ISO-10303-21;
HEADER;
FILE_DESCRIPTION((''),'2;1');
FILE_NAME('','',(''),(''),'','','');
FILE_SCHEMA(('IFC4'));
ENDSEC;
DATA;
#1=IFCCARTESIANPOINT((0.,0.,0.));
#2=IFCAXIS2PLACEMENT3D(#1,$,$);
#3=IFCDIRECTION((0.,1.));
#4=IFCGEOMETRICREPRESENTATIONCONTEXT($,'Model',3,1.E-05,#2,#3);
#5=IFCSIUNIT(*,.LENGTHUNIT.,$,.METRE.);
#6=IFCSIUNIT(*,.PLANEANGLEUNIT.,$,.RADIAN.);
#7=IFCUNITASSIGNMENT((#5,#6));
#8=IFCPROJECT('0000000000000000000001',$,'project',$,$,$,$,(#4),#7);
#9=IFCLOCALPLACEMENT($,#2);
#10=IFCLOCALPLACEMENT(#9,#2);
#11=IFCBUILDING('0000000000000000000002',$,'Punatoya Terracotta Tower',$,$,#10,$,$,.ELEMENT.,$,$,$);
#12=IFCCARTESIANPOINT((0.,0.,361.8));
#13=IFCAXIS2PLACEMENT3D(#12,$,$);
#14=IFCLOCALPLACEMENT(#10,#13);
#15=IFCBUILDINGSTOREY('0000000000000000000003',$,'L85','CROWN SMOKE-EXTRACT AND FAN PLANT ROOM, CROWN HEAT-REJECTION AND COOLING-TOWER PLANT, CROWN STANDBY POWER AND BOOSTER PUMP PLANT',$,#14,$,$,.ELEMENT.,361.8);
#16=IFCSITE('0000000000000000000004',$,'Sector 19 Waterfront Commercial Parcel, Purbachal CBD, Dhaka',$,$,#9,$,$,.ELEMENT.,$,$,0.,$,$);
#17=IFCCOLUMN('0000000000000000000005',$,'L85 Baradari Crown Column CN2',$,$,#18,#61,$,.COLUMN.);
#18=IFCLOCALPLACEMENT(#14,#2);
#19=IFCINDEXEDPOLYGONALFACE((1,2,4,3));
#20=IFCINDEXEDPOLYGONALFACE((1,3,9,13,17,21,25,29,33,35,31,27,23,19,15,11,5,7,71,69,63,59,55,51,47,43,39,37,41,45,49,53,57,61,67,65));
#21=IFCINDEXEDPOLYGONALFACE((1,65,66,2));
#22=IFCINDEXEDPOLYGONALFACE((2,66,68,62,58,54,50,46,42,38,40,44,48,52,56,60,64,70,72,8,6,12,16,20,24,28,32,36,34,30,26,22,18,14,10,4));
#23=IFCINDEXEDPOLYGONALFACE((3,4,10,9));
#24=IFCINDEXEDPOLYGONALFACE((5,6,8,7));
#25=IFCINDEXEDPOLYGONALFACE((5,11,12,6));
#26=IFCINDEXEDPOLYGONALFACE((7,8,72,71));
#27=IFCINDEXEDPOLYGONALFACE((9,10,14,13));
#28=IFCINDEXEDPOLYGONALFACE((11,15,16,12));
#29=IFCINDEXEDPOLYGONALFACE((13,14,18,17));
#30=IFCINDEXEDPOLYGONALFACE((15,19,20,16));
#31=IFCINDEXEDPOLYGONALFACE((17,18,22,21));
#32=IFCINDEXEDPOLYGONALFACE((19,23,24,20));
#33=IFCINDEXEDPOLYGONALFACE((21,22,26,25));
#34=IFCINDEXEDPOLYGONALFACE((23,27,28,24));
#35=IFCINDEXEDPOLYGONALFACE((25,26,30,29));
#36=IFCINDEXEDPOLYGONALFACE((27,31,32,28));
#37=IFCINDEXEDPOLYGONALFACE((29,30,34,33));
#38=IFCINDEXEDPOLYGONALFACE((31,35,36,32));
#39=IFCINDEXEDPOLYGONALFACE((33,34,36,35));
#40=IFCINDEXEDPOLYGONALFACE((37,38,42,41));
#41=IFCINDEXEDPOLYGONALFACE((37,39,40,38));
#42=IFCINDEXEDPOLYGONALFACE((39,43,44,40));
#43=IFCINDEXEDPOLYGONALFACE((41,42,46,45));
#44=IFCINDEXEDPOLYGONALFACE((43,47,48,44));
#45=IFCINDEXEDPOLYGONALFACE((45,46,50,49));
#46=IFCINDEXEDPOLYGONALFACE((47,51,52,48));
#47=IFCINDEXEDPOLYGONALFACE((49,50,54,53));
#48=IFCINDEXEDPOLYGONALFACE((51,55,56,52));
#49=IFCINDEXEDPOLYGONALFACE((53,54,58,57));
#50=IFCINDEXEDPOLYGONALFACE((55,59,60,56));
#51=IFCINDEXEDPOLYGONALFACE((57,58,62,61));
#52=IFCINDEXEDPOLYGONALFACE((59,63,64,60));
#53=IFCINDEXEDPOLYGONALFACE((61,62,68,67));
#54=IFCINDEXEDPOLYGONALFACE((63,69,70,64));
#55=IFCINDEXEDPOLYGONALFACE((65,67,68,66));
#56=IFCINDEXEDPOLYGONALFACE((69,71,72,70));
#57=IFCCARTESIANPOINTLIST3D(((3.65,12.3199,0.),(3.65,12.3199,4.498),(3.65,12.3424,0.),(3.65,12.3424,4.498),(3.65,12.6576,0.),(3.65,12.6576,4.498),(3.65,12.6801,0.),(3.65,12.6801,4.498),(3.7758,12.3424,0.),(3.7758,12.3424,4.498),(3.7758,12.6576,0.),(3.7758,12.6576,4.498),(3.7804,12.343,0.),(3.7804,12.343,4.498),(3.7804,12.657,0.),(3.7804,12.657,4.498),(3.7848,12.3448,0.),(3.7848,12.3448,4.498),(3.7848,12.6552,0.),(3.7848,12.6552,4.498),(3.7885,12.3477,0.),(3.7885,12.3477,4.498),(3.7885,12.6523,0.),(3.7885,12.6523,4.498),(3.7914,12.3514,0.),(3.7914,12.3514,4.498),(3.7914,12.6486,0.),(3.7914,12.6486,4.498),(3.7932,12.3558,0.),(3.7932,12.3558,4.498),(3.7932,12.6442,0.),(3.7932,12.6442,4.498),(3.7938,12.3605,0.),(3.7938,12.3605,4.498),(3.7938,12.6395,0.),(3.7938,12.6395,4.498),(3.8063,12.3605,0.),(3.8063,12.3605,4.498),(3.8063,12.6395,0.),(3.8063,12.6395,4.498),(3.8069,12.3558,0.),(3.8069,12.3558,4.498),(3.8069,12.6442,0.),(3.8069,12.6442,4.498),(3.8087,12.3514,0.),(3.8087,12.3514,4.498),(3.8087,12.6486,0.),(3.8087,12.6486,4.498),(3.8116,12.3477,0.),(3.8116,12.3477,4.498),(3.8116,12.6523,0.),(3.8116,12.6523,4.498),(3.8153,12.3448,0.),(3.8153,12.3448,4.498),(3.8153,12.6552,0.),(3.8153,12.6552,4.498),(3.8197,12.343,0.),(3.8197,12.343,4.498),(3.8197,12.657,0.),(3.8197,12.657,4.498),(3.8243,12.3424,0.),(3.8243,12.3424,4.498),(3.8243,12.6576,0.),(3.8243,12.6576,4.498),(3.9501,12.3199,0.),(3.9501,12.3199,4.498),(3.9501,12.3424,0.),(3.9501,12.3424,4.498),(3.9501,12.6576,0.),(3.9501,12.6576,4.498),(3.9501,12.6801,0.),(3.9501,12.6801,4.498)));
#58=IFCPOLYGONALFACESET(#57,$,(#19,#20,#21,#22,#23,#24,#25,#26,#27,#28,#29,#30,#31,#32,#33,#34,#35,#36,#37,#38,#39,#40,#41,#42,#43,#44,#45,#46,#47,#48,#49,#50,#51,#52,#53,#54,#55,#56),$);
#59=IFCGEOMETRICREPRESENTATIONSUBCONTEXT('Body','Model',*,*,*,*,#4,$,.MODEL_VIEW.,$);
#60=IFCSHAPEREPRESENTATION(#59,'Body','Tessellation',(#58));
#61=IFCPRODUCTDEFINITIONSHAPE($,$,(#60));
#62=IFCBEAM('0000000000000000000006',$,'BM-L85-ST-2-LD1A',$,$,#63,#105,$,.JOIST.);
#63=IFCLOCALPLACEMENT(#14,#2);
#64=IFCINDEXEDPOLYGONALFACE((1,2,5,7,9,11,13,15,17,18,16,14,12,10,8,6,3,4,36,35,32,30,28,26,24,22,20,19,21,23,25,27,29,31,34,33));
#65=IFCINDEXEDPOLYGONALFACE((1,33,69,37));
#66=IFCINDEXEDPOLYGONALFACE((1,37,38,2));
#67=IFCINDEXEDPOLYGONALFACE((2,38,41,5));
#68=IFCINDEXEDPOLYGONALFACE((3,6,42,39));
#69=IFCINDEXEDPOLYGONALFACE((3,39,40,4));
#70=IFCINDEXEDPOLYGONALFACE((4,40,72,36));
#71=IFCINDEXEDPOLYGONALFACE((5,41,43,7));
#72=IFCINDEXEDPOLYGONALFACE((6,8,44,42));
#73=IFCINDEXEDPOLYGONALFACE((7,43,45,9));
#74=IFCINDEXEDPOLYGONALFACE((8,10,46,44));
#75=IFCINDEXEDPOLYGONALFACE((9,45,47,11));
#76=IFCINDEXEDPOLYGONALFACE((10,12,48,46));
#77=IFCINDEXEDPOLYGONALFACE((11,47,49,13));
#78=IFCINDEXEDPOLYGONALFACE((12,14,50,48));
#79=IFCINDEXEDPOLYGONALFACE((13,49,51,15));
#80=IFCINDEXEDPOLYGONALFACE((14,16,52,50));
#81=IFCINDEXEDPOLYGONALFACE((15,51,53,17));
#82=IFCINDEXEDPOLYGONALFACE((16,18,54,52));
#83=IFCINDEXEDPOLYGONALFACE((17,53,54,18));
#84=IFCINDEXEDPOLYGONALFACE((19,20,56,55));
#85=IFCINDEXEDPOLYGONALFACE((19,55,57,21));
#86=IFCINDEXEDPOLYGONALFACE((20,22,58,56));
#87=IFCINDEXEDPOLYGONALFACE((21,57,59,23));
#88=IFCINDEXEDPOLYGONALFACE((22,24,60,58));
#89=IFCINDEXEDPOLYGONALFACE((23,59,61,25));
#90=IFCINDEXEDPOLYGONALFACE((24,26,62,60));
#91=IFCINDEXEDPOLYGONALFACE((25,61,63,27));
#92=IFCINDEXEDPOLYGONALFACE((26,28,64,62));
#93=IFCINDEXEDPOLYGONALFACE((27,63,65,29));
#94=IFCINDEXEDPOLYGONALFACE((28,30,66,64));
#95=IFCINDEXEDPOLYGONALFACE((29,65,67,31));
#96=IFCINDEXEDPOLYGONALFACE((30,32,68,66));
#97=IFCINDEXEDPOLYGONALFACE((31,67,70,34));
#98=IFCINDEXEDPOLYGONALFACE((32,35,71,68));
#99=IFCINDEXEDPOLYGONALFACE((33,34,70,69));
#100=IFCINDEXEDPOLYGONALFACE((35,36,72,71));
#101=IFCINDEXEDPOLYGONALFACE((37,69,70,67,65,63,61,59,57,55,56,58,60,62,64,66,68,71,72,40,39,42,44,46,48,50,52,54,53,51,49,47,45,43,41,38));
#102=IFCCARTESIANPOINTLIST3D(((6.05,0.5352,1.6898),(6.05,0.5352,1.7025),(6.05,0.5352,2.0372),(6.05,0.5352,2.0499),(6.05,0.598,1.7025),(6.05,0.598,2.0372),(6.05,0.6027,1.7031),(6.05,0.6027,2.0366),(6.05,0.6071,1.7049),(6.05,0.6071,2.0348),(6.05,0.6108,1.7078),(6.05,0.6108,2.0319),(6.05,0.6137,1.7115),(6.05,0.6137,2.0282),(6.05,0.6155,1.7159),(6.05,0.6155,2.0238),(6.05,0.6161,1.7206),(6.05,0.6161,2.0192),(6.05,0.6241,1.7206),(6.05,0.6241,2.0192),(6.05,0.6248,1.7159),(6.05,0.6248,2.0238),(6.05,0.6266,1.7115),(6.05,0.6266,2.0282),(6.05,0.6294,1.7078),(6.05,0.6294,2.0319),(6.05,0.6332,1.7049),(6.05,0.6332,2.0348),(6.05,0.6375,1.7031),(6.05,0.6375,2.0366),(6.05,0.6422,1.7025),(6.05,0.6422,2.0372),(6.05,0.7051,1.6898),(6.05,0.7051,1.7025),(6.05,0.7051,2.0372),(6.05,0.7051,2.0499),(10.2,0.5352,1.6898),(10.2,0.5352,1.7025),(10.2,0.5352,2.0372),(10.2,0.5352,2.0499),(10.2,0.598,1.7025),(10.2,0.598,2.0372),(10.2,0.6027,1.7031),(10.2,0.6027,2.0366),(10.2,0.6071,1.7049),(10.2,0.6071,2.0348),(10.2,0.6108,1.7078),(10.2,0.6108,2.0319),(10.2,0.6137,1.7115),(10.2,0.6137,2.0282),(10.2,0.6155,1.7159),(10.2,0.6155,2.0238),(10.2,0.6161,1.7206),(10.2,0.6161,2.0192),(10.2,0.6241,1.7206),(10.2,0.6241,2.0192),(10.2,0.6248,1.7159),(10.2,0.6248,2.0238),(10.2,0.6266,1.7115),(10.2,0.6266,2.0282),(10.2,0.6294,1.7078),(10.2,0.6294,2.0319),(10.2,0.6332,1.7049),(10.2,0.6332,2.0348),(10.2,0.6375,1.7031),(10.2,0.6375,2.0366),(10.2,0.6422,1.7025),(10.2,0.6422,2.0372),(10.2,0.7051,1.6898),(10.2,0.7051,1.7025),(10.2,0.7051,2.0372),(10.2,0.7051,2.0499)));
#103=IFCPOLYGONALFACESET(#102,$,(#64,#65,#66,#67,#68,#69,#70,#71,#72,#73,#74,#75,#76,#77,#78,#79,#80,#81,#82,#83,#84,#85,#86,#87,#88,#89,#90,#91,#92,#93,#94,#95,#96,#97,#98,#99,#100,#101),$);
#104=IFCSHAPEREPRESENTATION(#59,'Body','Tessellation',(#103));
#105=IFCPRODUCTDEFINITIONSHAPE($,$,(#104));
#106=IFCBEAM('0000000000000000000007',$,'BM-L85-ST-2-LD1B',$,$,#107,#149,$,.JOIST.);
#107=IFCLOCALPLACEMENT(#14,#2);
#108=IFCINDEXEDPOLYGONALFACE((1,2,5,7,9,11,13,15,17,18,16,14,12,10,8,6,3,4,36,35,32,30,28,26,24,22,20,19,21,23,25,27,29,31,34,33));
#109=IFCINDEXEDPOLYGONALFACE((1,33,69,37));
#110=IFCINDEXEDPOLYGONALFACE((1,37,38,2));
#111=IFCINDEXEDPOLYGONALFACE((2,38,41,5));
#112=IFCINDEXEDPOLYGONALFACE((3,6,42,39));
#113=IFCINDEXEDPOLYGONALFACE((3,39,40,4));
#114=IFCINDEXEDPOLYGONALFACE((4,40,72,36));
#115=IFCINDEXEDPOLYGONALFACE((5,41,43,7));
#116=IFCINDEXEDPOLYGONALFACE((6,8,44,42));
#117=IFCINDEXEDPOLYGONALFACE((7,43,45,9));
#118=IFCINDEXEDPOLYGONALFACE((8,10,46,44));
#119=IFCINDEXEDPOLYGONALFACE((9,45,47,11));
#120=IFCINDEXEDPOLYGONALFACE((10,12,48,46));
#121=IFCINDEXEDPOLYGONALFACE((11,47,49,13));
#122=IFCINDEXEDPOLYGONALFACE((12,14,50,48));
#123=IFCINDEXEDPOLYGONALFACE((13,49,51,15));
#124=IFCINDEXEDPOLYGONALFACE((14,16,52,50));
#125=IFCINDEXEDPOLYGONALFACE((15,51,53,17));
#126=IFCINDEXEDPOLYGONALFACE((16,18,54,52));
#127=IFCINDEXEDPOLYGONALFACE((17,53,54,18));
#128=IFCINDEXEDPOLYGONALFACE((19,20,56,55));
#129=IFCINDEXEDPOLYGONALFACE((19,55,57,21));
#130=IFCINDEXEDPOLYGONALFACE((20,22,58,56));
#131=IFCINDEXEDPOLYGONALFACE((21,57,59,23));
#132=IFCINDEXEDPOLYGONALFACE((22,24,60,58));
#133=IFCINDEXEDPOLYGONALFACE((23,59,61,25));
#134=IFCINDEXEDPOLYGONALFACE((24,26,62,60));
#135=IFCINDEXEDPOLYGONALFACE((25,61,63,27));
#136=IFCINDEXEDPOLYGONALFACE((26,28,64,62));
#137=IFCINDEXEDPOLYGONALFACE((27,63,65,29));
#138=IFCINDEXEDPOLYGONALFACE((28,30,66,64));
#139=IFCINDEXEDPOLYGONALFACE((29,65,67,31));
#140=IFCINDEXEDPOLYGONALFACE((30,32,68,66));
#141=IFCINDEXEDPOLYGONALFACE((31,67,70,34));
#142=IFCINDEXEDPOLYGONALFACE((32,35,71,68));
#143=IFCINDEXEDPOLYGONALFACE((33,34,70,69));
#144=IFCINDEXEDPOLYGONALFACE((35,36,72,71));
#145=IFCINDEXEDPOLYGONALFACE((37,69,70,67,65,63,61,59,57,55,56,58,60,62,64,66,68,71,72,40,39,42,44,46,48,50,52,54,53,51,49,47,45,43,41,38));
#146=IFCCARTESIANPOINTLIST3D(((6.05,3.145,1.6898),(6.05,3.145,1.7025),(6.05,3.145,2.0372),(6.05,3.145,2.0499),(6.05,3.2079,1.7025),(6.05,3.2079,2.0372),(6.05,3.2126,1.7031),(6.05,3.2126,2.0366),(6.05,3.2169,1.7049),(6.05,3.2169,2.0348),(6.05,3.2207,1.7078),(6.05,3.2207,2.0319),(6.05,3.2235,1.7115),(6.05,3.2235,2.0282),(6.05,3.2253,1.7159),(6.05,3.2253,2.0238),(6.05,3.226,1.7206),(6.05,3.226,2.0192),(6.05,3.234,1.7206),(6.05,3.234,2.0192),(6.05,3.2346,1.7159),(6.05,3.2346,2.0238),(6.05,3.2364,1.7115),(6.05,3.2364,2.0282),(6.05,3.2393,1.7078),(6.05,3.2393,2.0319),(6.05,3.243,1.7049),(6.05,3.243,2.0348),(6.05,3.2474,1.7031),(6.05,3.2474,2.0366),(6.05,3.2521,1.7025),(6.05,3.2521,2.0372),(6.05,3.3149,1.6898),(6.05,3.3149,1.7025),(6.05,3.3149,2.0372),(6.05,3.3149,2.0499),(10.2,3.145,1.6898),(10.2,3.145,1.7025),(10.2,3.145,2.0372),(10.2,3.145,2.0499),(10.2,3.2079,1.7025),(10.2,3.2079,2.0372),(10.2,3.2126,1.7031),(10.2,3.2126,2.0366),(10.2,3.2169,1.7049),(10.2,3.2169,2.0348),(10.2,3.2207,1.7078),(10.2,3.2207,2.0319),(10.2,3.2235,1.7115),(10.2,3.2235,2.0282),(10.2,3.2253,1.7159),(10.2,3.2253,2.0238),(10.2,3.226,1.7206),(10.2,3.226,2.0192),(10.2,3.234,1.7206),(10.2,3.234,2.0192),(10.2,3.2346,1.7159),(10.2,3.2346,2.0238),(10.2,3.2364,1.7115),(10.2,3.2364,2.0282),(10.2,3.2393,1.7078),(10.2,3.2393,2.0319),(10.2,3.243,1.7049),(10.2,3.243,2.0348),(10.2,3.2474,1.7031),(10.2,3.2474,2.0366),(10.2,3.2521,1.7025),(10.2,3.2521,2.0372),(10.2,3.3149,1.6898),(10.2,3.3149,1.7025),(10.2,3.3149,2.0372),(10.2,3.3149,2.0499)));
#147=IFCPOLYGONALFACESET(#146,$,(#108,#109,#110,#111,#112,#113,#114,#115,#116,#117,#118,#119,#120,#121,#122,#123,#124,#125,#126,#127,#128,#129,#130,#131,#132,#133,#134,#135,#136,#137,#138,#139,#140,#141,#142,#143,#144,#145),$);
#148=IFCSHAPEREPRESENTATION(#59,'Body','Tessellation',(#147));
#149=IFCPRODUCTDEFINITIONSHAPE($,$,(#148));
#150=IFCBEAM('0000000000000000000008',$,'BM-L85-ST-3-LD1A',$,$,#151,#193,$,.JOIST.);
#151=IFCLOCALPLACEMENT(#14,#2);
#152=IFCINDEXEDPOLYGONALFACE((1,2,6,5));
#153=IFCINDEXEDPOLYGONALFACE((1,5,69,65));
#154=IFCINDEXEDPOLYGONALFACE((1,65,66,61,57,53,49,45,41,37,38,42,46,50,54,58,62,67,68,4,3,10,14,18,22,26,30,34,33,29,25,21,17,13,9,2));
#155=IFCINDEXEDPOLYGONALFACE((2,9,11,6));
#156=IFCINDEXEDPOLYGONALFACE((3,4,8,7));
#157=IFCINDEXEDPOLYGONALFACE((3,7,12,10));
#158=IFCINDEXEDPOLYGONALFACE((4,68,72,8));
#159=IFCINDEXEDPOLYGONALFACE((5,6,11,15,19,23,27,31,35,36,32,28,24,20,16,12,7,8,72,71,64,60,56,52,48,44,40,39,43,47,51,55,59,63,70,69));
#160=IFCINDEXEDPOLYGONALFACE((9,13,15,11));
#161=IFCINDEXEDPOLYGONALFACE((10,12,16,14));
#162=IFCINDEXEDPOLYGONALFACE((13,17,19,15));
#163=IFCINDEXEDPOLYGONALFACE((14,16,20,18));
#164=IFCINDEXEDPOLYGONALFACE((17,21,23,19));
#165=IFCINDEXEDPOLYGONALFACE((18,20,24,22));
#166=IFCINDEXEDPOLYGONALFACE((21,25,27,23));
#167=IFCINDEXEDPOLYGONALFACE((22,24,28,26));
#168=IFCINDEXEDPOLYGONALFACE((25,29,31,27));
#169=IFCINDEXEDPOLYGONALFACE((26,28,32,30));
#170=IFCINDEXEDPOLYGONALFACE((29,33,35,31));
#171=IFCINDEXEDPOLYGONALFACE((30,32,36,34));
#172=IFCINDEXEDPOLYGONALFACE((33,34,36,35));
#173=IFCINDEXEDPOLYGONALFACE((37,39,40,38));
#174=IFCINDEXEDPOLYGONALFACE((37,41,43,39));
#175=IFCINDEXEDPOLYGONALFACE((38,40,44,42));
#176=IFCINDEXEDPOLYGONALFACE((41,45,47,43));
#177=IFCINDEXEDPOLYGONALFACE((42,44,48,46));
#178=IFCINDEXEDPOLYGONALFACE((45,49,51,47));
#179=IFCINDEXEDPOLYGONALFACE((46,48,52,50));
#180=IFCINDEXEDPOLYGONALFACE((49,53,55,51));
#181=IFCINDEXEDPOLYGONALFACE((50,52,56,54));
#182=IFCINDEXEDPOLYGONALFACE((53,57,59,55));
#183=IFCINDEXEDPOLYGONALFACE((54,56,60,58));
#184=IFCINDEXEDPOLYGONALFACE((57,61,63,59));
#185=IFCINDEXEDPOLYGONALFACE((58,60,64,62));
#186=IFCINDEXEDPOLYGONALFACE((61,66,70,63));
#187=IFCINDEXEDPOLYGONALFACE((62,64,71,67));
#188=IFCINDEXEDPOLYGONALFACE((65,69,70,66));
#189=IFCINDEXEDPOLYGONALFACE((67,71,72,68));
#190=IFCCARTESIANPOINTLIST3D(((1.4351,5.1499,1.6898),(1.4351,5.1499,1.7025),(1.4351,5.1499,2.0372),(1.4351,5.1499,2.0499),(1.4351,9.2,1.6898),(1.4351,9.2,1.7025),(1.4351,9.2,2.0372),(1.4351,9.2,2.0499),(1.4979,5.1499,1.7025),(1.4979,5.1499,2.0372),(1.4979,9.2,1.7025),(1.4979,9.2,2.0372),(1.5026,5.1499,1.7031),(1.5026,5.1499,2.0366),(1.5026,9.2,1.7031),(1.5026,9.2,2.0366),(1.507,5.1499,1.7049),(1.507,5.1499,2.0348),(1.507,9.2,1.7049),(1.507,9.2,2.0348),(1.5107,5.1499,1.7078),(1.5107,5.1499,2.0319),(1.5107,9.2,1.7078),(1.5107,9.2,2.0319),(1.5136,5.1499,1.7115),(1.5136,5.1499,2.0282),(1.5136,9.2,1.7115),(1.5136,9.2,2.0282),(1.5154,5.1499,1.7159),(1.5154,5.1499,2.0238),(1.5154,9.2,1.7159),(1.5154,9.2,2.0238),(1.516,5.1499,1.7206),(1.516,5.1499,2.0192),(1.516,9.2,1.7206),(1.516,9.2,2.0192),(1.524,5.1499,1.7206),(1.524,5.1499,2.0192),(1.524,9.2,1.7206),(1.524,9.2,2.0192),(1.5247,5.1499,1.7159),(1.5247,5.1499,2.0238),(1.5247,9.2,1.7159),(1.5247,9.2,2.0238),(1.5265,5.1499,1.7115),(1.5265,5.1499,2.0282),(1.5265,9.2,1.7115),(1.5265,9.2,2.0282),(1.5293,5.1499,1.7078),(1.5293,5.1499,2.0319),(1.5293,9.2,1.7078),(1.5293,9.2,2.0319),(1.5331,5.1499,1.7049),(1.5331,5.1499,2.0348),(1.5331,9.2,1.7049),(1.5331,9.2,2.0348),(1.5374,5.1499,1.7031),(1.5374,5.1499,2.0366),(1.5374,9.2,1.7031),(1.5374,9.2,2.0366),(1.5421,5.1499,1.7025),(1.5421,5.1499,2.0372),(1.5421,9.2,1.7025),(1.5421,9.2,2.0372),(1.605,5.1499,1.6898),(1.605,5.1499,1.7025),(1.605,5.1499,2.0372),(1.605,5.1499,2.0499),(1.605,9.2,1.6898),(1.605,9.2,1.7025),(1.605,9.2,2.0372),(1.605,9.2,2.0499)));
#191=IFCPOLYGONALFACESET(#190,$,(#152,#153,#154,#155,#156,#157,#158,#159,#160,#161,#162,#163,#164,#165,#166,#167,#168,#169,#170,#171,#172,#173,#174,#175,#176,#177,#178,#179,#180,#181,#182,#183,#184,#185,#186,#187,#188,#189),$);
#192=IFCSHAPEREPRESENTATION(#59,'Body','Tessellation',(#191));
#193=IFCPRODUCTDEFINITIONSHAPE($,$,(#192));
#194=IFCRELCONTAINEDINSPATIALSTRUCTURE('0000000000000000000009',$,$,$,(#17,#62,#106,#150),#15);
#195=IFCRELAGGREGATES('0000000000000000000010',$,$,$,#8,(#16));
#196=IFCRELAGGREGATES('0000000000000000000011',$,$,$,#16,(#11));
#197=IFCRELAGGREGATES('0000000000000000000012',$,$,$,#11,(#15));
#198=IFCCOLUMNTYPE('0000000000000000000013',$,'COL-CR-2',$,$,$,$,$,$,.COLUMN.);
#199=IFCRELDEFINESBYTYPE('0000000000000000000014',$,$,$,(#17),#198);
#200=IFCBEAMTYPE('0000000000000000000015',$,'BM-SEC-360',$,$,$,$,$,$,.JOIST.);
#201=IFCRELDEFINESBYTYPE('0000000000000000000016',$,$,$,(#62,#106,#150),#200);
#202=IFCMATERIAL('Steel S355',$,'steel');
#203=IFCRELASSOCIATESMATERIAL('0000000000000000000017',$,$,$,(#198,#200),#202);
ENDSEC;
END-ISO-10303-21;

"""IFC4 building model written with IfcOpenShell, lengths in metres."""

from ifc_helpers import new_model, si_unit, direction, frame, origin, origin_2d, place, context, subcontext, project, spatial, i_section, extrude, material, material_profile, profile_set, type_object, element, save


model = new_model("IFC4")

# Units and contexts
model_context = context("Model", 3, precision=1e-05, world=origin(), true_north=direction((0.0, 1.0)))
body_context = subcontext(model_context, "Body", "Model", "MODEL_VIEW")
ifc_project = project(units=[si_unit("LENGTHUNIT", "METRE"), si_unit("PLANEANGLEUNIT", "RADIAN")], contexts=[model_context])

# Site, building, storey
site_placement = place(None, origin())
site = spatial("IfcSite", under=ifc_project, at=site_placement, Name="Sector 19 Waterfront Commercial Parcel, Purbachal CBD, Dhaka", CompositionType="ELEMENT", RefElevation=0.0)
building_placement = place(site_placement, origin())
building = spatial("IfcBuilding", under=site, at=building_placement, Name="Punatoya Terracotta Tower", CompositionType="ELEMENT")
storey_placement = place(building_placement, frame((0.0, 0.0, 361.8)))
storey = spatial("IfcBuildingStorey", under=building, at=storey_placement, Name="L85", Description="CROWN SMOKE-EXTRACT AND FAN PLANT ROOM, CROWN HEAT-REJECTION AND COOLING-TOWER PLANT, CROWN STANDBY POWER AND BOOSTER PUMP PLANT", CompositionType="ELEMENT", Elevation=361.8)

# Column
ifc_material_1 = material(Name="Steel S355", Category="steel")
ifc_material_profile_1 = material_profile(ifc_material_1, i_section(OverallWidth=0.3, OverallDepth=0.3601, WebThickness=0.0125, FlangeThickness=0.0225, FilletRadius=0.0181, at=origin_2d()))
ifc_profile_set_1 = profile_set([ifc_material_profile_1], Name="Steel S355")
column_type = type_object("IfcColumnType", Name="COL-CR-2", PredefinedType="COLUMN", material=ifc_profile_set_1)
column_placement = place(storey_placement, frame((3.8, 12.5, 0.0), z_axis=(0.0, 0.0, 1.0), x_axis=(1.0, 0.0, 0.0)))
element("IfcColumn", 1, at=column_placement, inside=storey, type_object=column_type, Name="L85 Baradari Crown Column CN2", PredefinedType="COLUMN", context=body_context, shape_type="SweptSolid", body=[
    extrude(i_section(OverallWidth=0.3, OverallDepth=0.3601, WebThickness=0.0125, FlangeThickness=0.0225, FilletRadius=0.0181, at=origin_2d()), origin(), (0.0, 0.0, 1.0), 4.498),
])

# Beams
ifc_material_profile_2 = material_profile(ifc_material_1, i_section(OverallWidth=0.1699, OverallDepth=0.3601, WebThickness=0.0081, FlangeThickness=0.0127, FilletRadius=0.0181, at=origin_2d()))
ifc_profile_set_2 = profile_set([ifc_material_profile_2], Name="Steel S355")
beam_type_1 = type_object("IfcBeamType", Name="BM-SEC-360", PredefinedType="JOIST", material=ifc_profile_set_2)
for number, where, z_axis, x_axis, name in (
    (2, (6.05, 0.6201, 1.8699), (1.0, 0.0, 0.0), (0.0, 1.0, 0.0), "BM-L85-ST-2-LD1A"),
    (3, (6.05, 3.23, 1.8699), (1.0, 0.0, 0.0), (0.0, 1.0, 0.0), "BM-L85-ST-2-LD1B"),
):
    element("IfcBeam", number, at=place(storey_placement, frame(where, z_axis=z_axis, x_axis=x_axis)), inside=storey, type_object=beam_type_1, Name=name, PredefinedType="JOIST", context=body_context, shape_type="SweptSolid", body=[
        extrude(i_section(OverallWidth=0.1699, OverallDepth=0.3601, WebThickness=0.0081, FlangeThickness=0.0127, FilletRadius=0.0181, at=origin_2d()), origin(), (0.0, 0.0, 1.0), 4.1499),
    ])
for number, where, z_axis, x_axis, name in (
    (4, (1.52, 5.1499, 1.8699), (0.0, 1.0, 0.0), (-1.0, 0.0, 0.0), "BM-L85-ST-3-LD1A"),
):
    element("IfcBeam", number, at=place(storey_placement, frame(where, z_axis=z_axis, x_axis=x_axis)), inside=storey, type_object=beam_type_1, Name=name, PredefinedType="JOIST", context=body_context, shape_type="SweptSolid", body=[
        extrude(i_section(OverallWidth=0.1699, OverallDepth=0.3601, WebThickness=0.0081, FlangeThickness=0.0127, FilletRadius=0.0181, at=origin_2d()), origin(), (0.0, 0.0, 1.0), 4.05),
    ])

save(model, "model.ifc")
